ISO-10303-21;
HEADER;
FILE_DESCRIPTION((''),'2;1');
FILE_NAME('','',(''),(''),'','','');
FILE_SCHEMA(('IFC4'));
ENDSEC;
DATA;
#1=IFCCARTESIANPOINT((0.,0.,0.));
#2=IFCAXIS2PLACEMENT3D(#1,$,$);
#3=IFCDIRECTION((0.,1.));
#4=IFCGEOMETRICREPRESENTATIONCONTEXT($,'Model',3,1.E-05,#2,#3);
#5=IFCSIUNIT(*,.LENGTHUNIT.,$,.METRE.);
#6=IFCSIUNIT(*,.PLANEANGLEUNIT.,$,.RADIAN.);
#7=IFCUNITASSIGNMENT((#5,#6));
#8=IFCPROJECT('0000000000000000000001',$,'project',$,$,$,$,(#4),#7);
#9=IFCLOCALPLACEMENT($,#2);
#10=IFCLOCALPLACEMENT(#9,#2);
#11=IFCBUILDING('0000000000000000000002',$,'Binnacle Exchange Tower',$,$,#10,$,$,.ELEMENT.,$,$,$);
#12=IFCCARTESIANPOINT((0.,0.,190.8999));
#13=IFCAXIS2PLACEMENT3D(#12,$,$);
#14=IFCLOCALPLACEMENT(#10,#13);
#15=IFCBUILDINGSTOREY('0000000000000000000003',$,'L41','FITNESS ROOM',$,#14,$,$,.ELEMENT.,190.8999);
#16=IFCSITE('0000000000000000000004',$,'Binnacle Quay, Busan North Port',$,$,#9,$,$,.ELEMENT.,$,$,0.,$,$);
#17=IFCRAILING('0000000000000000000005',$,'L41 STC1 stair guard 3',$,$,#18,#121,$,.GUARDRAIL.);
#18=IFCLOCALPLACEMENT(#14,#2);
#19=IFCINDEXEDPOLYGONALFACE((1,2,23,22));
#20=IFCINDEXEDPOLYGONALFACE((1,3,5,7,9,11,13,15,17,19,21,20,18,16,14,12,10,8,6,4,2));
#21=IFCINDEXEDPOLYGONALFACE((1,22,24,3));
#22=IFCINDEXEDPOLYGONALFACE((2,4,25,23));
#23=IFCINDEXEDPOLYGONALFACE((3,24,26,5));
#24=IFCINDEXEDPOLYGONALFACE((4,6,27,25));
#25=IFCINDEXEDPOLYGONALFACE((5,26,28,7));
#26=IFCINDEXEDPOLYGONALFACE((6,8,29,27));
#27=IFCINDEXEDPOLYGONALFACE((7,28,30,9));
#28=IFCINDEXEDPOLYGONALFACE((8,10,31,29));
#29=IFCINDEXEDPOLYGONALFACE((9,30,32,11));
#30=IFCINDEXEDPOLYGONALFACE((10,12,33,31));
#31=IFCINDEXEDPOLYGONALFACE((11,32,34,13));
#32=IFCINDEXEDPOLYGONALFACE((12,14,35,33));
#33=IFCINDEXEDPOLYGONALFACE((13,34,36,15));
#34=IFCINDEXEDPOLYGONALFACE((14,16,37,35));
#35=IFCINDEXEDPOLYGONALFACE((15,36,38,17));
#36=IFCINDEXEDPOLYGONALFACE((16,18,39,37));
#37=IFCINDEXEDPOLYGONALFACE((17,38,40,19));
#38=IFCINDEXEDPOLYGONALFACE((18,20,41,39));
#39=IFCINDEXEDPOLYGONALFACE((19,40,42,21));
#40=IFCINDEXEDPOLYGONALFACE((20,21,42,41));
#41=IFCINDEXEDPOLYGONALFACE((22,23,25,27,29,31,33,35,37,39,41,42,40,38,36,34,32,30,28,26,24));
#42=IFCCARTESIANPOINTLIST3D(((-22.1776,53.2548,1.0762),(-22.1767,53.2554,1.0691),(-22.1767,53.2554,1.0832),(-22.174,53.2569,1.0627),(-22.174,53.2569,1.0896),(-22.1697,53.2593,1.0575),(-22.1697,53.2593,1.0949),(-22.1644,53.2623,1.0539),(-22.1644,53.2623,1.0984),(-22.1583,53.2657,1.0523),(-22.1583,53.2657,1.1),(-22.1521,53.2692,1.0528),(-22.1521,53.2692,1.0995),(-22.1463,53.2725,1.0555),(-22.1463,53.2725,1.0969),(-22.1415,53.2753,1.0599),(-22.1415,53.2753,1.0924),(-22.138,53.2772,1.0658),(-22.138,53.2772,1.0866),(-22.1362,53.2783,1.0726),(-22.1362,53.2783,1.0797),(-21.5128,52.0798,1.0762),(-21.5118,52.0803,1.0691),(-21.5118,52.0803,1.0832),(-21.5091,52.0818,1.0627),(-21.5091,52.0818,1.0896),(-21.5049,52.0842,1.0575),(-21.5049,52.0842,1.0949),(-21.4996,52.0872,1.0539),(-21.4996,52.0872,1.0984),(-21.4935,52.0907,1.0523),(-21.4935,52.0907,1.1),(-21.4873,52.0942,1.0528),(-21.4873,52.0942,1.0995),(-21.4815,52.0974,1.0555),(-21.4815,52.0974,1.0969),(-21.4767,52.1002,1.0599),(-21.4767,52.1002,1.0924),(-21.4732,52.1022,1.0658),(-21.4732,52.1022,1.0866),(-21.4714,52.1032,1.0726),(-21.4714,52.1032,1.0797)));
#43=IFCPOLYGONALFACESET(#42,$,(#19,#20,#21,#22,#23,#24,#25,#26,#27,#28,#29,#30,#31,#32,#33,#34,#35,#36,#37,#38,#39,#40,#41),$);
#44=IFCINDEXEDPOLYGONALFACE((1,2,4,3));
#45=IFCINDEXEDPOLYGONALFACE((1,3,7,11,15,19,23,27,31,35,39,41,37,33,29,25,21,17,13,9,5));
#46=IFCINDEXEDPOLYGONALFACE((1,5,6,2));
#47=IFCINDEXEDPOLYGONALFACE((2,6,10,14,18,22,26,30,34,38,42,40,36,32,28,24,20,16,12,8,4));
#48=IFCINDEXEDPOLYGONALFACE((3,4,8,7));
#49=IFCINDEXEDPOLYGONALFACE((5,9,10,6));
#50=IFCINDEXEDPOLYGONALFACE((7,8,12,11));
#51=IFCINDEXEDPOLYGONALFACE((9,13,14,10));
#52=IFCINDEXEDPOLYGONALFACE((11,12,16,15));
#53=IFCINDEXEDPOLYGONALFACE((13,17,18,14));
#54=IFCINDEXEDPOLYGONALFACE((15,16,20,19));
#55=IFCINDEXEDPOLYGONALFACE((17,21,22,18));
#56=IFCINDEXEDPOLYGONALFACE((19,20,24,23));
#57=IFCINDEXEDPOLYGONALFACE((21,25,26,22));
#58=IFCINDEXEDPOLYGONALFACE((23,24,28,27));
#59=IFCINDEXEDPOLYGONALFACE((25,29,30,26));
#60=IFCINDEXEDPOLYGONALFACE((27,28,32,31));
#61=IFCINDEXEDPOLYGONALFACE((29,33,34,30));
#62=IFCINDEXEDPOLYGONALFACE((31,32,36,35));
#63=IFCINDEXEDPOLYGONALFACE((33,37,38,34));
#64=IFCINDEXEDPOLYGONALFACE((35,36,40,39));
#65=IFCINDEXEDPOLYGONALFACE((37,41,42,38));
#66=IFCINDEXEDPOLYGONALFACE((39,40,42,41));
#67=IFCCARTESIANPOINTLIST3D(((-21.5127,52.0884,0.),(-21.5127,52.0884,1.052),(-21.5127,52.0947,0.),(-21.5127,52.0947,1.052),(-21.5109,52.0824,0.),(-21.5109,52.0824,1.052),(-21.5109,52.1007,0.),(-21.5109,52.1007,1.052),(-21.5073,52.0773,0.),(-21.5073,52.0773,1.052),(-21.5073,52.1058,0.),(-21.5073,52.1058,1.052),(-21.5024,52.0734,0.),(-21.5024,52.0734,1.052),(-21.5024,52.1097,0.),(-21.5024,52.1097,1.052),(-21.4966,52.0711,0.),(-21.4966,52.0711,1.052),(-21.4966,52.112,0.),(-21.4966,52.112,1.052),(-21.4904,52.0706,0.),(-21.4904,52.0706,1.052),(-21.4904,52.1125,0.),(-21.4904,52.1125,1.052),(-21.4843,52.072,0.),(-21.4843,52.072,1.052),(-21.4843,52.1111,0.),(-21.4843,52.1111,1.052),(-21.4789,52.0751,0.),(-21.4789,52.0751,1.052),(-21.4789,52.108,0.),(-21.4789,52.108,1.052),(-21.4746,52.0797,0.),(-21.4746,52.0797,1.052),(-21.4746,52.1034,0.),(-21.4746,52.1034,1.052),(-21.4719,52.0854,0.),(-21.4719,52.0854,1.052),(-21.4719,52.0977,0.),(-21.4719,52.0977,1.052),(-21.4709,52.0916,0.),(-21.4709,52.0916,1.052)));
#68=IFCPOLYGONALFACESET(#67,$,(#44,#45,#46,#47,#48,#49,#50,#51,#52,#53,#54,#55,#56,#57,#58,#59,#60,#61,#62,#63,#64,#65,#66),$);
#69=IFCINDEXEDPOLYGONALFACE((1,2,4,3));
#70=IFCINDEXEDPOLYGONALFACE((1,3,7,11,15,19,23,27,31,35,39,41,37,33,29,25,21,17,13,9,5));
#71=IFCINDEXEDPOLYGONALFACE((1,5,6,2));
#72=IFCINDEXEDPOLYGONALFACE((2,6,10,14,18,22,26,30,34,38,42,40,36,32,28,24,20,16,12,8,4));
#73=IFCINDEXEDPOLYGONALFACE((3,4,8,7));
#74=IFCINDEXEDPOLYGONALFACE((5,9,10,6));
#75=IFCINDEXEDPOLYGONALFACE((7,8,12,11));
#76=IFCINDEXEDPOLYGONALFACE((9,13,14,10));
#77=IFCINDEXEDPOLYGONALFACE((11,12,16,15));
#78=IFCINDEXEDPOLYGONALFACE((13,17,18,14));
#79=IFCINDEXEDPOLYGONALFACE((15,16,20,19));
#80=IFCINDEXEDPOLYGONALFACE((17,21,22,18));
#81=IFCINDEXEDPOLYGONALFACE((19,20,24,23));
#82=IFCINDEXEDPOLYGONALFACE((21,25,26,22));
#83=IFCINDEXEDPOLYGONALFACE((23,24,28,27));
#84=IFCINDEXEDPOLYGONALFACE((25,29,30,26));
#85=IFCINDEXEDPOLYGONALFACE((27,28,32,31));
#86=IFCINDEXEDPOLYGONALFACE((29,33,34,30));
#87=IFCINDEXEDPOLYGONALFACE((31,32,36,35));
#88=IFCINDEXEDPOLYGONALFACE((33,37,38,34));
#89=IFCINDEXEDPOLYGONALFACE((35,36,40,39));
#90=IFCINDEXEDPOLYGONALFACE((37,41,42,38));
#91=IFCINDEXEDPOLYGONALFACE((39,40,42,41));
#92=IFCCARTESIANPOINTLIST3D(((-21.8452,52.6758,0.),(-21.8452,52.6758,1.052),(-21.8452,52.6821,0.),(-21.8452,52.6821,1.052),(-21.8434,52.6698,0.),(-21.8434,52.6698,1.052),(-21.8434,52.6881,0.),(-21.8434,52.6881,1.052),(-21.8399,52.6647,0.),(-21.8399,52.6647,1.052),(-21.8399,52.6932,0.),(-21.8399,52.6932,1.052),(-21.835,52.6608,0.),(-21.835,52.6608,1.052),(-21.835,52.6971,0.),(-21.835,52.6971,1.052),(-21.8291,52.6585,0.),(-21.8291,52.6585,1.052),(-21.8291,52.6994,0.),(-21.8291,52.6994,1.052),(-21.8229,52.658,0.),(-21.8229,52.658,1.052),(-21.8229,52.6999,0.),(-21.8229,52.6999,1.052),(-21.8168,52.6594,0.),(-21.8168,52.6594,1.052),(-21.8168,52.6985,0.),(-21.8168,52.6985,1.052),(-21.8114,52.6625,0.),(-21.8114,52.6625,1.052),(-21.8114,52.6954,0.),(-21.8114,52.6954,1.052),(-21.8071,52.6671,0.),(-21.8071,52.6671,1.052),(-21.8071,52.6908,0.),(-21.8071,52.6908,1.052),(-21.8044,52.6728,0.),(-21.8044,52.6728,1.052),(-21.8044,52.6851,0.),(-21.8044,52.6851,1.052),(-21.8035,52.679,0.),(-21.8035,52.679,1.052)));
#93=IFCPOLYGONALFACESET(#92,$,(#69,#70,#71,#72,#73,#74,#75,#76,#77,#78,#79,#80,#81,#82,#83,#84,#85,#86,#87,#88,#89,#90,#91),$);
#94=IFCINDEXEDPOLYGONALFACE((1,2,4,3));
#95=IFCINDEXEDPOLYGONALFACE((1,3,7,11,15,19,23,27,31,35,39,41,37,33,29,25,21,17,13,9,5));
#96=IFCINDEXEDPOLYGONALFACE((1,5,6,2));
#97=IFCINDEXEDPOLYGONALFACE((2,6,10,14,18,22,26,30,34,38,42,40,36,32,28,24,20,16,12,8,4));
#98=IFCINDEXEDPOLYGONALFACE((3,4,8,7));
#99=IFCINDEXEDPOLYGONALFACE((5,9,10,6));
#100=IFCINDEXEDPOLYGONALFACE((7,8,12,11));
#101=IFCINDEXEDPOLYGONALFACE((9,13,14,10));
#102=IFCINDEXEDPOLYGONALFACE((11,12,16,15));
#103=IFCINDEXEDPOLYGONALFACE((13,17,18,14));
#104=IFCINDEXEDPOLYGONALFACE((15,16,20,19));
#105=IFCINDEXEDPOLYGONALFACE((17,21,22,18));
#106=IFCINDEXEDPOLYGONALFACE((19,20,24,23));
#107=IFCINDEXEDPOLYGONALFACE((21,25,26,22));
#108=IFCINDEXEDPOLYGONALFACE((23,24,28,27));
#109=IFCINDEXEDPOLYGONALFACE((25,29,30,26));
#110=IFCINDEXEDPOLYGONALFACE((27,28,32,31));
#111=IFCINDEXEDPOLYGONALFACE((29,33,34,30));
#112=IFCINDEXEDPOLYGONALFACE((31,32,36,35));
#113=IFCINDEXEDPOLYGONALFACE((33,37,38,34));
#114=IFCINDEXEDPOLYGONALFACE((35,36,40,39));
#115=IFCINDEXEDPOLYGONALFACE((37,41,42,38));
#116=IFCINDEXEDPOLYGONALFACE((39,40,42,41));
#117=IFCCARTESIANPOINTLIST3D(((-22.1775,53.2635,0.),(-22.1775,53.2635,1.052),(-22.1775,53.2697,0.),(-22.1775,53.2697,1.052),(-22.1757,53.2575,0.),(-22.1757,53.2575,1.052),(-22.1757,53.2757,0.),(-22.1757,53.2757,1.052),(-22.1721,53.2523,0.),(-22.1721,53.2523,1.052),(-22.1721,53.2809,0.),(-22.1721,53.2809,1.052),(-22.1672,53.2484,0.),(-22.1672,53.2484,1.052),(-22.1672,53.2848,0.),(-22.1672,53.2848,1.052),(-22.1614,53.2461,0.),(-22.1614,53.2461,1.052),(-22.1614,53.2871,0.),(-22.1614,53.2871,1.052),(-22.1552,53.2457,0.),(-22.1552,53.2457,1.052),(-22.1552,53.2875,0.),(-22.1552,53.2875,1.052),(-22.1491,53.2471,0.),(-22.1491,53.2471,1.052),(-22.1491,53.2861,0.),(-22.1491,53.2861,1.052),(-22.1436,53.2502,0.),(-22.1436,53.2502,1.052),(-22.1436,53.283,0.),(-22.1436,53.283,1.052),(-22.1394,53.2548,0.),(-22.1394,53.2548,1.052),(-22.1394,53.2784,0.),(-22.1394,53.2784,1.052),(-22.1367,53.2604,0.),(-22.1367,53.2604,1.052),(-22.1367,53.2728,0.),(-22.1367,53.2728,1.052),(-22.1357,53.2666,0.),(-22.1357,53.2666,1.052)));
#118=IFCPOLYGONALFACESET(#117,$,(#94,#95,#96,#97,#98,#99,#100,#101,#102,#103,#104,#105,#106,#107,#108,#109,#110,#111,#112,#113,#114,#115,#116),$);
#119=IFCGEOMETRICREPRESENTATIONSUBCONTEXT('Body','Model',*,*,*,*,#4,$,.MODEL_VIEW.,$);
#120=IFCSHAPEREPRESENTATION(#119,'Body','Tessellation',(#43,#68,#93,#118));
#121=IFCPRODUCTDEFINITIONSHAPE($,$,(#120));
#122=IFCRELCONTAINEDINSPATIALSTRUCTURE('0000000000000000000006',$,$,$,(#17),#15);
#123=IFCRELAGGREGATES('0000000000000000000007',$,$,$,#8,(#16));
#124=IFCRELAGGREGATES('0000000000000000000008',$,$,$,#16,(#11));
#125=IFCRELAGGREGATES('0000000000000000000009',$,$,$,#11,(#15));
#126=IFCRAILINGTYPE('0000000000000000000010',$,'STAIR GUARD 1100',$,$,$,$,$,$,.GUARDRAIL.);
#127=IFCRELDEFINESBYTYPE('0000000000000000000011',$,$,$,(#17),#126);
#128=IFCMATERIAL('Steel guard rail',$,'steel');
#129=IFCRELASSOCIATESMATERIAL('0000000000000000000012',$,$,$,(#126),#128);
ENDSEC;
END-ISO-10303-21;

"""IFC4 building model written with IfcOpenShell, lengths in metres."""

from ifc_helpers import new_model, si_unit, direction, frame, origin, origin_2d, place, context, subcontext, project, spatial, circle, extrude, material, type_object, element, save


model = new_model("IFC4")

# Units and contexts
model_context = context("Model", 3, precision=1e-05, world=origin(), true_north=direction((0.0, 1.0)))
body_context = subcontext(model_context, "Body", "Model", "MODEL_VIEW")
ifc_project = project(units=[si_unit("LENGTHUNIT", "METRE"), si_unit("PLANEANGLEUNIT", "RADIAN")], contexts=[model_context])

# Site, building, storey
site_placement = place(None, origin())
site = spatial("IfcSite", under=ifc_project, at=site_placement, Name="Binnacle Quay, Busan North Port", CompositionType="ELEMENT", RefElevation=0.0)
building_placement = place(site_placement, origin())
building = spatial("IfcBuilding", under=site, at=building_placement, Name="Binnacle Exchange Tower", CompositionType="ELEMENT")
storey_placement = place(building_placement, frame((0.0, 0.0, 190.8999)))
storey = spatial("IfcBuildingStorey", under=building, at=storey_placement, Name="L41", Description="FITNESS ROOM", CompositionType="ELEMENT", Elevation=190.8999)

# Railing
ifc_material_1 = material(Name="Steel guard rail", Category="steel")
railing_type_1 = type_object("IfcRailingType", Name="STAIR GUARD 1100", PredefinedType="GUARDRAIL", material=ifc_material_1)
railing_1_placement = place(storey_placement, frame((-21.4919, 52.0916, 0.0)))
element("IfcRailing", 1, at=railing_1_placement, inside=storey, type_object=railing_type_1, Name="L41 STC1 stair guard 3", PredefinedType="GUARDRAIL", context=body_context, shape_type="SweptSolid", body=[
    extrude(circle(Radius=0.0239, at=origin_2d()), frame((0.0, 0.0, 1.0762), z_axis=(-0.492415, 0.870361, 0.0), x_axis=(-0.870361, -0.492415, 0.0)), (0.0, 0.0, 1.0), 1.3501),
    extrude(circle(Radius=0.021, at=origin_2d()), origin(), (0.0, 0.0, 1.0), 1.052),
    extrude(circle(Radius=0.021, at=origin_2d()), frame((-0.3325, 0.5874, 0.0)), (0.0, 0.0, 1.0), 1.052),
    extrude(circle(Radius=0.021, at=origin_2d()), frame((-0.6648, 1.175, 0.0)), (0.0, 0.0, 1.0), 1.052),
])

save(model, "model.ifc")
